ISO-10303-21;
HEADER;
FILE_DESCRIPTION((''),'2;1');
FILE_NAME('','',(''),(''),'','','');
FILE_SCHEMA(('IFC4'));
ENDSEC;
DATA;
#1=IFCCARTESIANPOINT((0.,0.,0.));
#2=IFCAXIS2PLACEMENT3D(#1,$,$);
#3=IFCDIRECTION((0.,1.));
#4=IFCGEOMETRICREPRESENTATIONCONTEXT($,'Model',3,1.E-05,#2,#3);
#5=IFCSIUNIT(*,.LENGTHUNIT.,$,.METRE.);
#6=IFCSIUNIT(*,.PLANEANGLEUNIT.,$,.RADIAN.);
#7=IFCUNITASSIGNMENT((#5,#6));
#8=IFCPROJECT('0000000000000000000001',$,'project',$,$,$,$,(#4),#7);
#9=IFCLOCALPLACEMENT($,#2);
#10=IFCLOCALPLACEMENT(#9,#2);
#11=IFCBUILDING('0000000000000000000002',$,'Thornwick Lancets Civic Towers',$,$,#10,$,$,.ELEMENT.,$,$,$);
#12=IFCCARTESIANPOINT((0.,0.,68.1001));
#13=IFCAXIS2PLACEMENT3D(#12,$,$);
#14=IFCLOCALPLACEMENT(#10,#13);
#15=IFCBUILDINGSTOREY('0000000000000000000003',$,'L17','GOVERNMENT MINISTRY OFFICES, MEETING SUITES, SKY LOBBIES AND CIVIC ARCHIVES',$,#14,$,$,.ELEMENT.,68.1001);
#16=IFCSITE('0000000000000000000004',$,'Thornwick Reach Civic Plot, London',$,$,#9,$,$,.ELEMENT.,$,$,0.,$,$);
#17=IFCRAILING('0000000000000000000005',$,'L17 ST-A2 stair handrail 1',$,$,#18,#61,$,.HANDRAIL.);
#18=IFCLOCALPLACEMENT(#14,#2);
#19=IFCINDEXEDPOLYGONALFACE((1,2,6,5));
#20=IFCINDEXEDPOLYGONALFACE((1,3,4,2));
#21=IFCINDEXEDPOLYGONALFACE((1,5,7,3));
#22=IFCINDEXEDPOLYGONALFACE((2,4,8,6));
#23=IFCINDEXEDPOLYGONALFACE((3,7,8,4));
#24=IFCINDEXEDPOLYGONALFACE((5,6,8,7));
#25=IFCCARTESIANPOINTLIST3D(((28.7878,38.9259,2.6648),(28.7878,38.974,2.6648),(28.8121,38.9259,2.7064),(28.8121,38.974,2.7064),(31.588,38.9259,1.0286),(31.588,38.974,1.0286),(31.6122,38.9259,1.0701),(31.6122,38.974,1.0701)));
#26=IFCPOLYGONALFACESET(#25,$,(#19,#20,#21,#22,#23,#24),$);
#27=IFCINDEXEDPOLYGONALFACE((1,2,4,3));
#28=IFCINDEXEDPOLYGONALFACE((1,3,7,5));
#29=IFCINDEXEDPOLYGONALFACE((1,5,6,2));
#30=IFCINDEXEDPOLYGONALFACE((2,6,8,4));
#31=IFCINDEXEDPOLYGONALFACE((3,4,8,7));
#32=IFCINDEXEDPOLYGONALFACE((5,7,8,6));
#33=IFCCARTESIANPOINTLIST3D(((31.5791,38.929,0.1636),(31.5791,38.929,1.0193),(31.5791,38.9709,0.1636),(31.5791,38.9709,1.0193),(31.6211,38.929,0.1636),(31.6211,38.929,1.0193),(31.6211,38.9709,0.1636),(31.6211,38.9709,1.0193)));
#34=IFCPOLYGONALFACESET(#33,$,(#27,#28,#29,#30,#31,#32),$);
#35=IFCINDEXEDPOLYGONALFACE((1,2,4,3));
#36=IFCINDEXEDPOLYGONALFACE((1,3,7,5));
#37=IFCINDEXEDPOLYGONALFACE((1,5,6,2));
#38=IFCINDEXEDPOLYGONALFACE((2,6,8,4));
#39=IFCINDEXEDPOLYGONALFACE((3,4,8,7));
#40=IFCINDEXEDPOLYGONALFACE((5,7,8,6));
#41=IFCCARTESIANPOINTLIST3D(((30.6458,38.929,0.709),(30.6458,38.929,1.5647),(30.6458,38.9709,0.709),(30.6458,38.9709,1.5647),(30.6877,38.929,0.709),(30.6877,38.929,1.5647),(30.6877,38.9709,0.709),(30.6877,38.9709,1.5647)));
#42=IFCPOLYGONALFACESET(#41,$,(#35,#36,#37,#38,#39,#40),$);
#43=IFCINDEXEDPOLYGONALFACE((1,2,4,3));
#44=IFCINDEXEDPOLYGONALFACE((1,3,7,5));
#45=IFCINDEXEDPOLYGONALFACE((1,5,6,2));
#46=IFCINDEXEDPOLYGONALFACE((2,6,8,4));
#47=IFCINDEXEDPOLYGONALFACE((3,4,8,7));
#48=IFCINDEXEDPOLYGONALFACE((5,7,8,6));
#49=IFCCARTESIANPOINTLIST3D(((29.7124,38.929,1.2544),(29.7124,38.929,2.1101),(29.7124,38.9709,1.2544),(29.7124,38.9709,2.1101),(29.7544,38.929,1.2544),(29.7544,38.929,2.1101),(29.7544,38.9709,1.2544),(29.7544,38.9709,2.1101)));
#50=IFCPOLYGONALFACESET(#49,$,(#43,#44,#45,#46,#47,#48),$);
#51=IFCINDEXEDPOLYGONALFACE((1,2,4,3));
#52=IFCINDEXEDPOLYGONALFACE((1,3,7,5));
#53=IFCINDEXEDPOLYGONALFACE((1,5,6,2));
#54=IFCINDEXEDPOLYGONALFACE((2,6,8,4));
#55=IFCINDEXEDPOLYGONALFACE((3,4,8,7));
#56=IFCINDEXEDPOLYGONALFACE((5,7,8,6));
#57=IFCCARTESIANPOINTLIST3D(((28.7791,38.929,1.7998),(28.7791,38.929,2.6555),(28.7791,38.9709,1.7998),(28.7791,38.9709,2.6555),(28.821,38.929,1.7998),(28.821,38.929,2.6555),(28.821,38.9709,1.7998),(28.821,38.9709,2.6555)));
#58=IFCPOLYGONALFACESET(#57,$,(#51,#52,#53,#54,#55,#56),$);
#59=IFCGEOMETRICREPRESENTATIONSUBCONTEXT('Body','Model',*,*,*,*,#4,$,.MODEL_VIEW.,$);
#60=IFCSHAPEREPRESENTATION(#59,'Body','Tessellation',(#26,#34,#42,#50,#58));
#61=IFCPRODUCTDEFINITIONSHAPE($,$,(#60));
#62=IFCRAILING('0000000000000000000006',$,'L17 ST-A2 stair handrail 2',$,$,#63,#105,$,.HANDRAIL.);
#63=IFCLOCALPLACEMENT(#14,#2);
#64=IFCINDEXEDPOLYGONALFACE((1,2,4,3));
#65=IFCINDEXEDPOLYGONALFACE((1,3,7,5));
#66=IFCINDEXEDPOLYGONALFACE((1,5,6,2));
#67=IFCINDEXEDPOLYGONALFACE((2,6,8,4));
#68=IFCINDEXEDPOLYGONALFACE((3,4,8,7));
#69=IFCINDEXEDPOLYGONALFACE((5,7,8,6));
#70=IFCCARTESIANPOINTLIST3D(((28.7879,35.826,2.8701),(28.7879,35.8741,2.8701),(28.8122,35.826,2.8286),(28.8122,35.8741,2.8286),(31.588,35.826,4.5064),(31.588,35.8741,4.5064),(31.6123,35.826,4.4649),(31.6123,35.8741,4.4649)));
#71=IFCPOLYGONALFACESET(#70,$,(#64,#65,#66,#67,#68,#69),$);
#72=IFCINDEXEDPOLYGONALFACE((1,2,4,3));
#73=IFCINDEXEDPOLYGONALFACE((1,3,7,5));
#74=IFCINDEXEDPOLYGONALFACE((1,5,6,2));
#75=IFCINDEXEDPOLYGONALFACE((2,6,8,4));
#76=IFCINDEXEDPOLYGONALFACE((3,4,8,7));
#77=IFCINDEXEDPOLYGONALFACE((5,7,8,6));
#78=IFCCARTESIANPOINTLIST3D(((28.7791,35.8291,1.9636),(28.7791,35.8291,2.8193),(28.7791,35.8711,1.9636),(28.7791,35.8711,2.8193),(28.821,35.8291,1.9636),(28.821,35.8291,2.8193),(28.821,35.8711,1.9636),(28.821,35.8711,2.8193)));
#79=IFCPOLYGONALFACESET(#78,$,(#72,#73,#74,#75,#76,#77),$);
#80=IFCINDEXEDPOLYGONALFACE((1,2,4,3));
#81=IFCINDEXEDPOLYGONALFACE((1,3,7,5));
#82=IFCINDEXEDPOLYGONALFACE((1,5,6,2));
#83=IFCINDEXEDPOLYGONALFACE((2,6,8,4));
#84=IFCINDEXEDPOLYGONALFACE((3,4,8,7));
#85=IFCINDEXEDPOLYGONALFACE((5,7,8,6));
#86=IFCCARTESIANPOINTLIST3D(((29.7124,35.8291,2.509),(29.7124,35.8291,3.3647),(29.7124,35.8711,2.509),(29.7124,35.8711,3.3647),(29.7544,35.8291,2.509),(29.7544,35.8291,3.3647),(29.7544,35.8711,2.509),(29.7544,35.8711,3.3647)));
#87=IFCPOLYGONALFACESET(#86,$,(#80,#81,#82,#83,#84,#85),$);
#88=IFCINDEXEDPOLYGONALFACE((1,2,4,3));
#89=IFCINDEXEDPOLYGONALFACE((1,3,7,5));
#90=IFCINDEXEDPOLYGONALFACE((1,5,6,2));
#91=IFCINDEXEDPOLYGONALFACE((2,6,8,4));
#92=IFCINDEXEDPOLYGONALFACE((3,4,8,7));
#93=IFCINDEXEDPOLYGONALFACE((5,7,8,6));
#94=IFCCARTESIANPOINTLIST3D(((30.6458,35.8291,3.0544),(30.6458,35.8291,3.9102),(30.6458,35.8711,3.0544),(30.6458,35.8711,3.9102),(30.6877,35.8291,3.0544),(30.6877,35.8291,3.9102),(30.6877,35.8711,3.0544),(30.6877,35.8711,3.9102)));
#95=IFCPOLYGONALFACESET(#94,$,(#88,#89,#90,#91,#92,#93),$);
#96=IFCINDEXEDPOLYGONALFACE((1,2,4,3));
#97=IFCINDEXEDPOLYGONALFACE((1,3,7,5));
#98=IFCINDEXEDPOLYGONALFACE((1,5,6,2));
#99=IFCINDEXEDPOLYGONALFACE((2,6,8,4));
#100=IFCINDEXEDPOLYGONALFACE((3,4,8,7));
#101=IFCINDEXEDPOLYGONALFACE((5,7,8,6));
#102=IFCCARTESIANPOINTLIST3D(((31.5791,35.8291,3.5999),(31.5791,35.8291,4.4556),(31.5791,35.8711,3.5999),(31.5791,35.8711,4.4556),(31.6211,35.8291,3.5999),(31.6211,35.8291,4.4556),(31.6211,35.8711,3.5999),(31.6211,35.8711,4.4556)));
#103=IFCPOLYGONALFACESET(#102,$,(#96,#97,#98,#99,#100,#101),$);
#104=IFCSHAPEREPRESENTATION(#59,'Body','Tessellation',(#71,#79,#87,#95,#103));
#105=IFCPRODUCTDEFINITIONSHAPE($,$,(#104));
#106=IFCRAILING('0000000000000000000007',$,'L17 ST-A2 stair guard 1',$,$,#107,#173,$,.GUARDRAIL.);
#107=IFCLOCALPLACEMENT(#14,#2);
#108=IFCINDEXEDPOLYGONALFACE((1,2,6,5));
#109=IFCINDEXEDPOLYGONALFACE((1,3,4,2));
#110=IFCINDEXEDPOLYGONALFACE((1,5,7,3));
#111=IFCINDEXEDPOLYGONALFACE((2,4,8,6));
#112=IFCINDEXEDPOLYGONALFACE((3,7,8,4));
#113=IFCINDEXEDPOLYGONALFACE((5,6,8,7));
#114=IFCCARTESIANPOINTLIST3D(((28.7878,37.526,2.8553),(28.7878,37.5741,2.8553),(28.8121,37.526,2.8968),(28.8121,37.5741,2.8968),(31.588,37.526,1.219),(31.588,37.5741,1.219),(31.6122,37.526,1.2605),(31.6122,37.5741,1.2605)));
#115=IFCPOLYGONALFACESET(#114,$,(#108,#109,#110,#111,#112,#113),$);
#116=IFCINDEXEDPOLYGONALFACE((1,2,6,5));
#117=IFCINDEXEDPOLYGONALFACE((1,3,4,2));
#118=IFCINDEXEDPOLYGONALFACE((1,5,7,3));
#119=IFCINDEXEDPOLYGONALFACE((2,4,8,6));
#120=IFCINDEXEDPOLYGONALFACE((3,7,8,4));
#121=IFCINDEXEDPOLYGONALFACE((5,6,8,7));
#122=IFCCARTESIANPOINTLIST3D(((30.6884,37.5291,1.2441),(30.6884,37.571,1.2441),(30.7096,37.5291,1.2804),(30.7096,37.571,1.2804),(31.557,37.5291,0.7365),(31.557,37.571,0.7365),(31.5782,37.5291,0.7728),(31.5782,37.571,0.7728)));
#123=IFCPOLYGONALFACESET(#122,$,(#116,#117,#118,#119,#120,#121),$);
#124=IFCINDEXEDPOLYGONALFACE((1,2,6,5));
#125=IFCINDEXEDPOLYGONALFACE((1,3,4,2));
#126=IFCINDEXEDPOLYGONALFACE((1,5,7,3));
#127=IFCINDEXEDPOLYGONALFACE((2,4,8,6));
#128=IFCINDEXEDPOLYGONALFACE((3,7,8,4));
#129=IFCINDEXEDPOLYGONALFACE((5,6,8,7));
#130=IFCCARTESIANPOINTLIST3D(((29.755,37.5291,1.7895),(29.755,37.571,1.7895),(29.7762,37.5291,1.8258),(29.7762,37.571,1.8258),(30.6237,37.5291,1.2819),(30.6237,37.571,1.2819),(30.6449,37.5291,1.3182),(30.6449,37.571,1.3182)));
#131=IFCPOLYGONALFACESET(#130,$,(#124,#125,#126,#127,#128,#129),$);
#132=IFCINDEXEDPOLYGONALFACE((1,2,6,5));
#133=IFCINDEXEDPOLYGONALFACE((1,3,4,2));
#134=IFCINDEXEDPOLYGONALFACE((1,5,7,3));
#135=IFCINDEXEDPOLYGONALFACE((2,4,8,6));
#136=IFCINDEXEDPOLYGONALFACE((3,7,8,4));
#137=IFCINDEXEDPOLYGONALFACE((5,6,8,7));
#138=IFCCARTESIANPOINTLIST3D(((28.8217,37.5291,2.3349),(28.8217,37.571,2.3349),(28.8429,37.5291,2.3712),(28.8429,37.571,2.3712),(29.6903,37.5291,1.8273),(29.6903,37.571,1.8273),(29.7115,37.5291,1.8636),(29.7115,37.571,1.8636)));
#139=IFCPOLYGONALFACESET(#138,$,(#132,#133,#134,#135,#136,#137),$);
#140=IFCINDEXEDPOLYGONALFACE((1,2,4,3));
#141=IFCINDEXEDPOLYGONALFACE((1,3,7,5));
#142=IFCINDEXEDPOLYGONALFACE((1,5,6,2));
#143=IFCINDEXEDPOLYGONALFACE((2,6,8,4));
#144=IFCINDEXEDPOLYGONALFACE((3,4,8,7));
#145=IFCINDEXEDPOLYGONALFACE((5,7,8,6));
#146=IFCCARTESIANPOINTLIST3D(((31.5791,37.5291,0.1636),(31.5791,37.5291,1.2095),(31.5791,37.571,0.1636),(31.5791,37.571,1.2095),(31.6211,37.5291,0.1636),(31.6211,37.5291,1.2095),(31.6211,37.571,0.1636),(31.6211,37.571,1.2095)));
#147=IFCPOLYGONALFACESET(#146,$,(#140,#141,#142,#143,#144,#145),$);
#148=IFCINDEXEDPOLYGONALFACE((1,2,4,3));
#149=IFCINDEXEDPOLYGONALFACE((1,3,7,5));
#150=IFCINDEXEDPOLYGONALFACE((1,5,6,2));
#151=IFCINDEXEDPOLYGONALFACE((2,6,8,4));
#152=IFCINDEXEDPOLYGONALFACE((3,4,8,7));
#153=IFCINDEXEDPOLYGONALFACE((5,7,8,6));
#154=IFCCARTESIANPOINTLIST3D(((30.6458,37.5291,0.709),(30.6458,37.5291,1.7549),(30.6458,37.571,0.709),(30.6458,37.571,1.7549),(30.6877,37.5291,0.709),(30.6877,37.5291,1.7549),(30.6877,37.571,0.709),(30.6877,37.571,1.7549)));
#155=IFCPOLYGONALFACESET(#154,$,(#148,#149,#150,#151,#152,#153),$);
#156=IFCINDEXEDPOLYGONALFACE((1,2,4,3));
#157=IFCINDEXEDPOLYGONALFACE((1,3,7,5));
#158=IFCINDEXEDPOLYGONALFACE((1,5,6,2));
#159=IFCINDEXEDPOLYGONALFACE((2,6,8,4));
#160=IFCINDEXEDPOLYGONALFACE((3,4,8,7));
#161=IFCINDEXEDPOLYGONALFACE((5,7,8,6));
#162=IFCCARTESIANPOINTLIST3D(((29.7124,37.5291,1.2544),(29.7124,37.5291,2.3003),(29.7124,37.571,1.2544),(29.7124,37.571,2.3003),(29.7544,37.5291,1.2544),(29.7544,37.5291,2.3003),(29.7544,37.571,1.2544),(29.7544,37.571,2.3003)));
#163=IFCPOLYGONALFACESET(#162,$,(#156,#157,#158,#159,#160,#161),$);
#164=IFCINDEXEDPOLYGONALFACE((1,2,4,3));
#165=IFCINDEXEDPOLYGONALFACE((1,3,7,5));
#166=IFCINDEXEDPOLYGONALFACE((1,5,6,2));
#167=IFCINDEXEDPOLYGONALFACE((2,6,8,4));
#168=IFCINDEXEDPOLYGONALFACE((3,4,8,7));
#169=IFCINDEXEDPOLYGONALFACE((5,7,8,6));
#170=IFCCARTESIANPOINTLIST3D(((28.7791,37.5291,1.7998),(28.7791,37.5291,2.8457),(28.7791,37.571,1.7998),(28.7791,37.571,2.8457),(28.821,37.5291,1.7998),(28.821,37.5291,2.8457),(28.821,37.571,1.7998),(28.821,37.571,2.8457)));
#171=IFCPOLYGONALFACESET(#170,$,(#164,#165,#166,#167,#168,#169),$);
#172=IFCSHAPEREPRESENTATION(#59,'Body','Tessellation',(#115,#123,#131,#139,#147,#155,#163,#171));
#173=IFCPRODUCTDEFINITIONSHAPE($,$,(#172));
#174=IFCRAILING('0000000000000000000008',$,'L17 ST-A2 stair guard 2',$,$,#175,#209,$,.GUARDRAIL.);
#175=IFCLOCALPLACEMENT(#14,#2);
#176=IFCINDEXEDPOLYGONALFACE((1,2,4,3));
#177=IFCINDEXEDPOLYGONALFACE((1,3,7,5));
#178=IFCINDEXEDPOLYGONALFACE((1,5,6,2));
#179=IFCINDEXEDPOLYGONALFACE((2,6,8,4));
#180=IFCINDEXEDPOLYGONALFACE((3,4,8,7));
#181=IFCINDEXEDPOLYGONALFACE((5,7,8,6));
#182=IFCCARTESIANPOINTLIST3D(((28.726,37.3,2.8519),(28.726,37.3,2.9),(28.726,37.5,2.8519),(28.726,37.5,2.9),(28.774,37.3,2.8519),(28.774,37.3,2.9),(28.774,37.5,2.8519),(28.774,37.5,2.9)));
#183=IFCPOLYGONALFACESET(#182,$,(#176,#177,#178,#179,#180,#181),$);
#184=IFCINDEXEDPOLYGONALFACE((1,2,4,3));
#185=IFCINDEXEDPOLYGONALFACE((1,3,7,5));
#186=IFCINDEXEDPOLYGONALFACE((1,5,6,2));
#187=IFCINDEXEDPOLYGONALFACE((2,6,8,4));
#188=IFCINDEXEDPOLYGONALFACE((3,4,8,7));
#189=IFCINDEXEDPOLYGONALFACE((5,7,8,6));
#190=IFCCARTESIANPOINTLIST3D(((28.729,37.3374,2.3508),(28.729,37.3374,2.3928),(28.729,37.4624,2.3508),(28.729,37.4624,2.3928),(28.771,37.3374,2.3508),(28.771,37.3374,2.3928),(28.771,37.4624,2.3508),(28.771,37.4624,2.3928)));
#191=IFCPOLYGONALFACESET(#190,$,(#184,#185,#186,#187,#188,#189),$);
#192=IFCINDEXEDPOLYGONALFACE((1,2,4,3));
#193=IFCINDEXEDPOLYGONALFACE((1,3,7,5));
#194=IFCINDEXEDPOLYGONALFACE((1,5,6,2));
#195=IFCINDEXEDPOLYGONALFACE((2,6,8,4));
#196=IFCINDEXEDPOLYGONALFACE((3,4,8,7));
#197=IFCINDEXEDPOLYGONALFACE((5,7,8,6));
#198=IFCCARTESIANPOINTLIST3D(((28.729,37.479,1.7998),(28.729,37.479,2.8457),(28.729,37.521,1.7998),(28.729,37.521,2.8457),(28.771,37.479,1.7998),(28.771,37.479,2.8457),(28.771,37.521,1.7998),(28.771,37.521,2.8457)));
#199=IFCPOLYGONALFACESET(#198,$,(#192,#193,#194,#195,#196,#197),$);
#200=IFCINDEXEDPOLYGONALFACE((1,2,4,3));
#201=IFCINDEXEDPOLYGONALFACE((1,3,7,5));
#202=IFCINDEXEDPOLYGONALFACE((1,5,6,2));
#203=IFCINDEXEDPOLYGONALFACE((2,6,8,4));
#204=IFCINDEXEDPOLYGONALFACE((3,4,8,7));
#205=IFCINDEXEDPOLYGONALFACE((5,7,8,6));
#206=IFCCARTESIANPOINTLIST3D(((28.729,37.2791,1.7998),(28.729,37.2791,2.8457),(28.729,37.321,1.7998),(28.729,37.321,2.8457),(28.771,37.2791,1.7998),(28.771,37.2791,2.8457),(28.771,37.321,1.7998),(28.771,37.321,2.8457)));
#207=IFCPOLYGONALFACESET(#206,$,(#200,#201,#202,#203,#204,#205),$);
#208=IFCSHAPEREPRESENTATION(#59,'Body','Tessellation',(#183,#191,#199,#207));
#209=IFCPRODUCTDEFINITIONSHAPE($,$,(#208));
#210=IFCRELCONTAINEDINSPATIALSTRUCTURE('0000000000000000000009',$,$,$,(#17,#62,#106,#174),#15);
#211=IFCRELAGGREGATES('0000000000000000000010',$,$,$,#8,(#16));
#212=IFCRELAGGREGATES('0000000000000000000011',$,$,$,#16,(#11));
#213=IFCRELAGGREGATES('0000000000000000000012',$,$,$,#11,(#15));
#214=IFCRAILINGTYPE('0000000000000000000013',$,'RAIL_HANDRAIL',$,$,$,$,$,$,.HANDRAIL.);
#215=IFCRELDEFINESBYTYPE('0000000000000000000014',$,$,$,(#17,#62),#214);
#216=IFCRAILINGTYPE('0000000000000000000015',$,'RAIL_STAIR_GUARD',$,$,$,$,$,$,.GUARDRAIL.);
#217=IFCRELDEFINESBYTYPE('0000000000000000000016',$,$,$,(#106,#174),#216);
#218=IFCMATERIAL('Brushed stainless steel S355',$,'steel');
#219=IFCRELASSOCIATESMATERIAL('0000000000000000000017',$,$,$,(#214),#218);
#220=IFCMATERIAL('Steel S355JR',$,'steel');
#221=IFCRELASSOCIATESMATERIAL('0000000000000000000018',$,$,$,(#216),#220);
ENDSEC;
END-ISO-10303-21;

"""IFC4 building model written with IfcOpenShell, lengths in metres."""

from ifc_helpers import new_model, si_unit, direction, frame, origin, origin_2d, place, context, subcontext, project, spatial, rectangle, extrude, material, type_object, element, save


model = new_model("IFC4")

# Units and contexts
model_context = context("Model", 3, precision=1e-05, world=origin(), true_north=direction((0.0, 1.0)))
body_context = subcontext(model_context, "Body", "Model", "MODEL_VIEW")
ifc_project = project(units=[si_unit("LENGTHUNIT", "METRE"), si_unit("PLANEANGLEUNIT", "RADIAN")], contexts=[model_context])

# Site, building, storey
site_placement = place(None, origin())
site = spatial("IfcSite", under=ifc_project, at=site_placement, Name="Thornwick Reach Civic Plot, London", CompositionType="ELEMENT", RefElevation=0.0)
building_placement = place(site_placement, origin())
building = spatial("IfcBuilding", under=site, at=building_placement, Name="Thornwick Lancets Civic Towers", CompositionType="ELEMENT")
storey_placement = place(building_placement, frame((0.0, 0.0, 68.1001)))
storey = spatial("IfcBuildingStorey", under=building, at=storey_placement, Name="L17", Description="GOVERNMENT MINISTRY OFFICES, MEETING SUITES, SKY LOBBIES AND CIVIC ARCHIVES", CompositionType="ELEMENT", Elevation=68.1001)

# Shared definitions
ifc_material_1 = material(Name="Steel S355JR", Category="steel")

# Railings
ifc_material_2 = material(Name="Brushed stainless steel S355", Category="steel")
railing_type_1 = type_object("IfcRailingType", Name="RAIL_HANDRAIL", PredefinedType="HANDRAIL", material=ifc_material_2)
railing_1_placement = place(storey_placement, frame((31.6001, 38.95, 0.1636)))
element("IfcRailing", 1, at=railing_1_placement, inside=storey, type_object=railing_type_1, Name="L17 ST-A2 stair handrail 1", PredefinedType="HANDRAIL", context=body_context, shape_type="SweptSolid", body=[
    extrude(rectangle(XDim=0.0481, YDim=0.0481, at=origin_2d()), frame((0.0, 0.0, 0.8857), z_axis=(-0.863394, 0.0, 0.504531), x_axis=(0.0, -1.0, 0.0)), (0.0, 0.0, 1.0), 3.2432),
    extrude(rectangle(XDim=0.042, YDim=0.042, at=origin_2d()), origin(), (0.0, 0.0, 1.0), 0.8557),
    extrude(rectangle(XDim=0.042, YDim=0.042, at=origin_2d()), frame((-0.9333, 0.0, 0.5454)), (0.0, 0.0, 1.0), 0.8557),
    extrude(rectangle(XDim=0.042, YDim=0.042, at=origin_2d()), frame((-1.8667, 0.0, 1.0908)), (0.0, 0.0, 1.0), 0.8557),
    extrude(rectangle(XDim=0.042, YDim=0.042, at=origin_2d()), frame((-2.8, 0.0, 1.6362)), (0.0, 0.0, 1.0), 0.8557),
])
railing_2_placement = place(storey_placement, frame((28.8, 35.8501, 1.9636)))
element("IfcRailing", 2, at=railing_2_placement, inside=storey, type_object=railing_type_1, Name="L17 ST-A2 stair handrail 2", PredefinedType="HANDRAIL", context=body_context, shape_type="SweptSolid", body=[
    extrude(rectangle(XDim=0.0481, YDim=0.0481, at=origin_2d()), frame((0.0, 0.0, 0.8857), z_axis=(0.863394, 0.0, 0.504531), x_axis=(0.0, 1.0, 0.0)), (0.0, 0.0, 1.0), 3.2432),
    extrude(rectangle(XDim=0.042, YDim=0.042, at=origin_2d()), origin(), (0.0, 0.0, 1.0), 0.8557),
    extrude(rectangle(XDim=0.042, YDim=0.042, at=origin_2d()), frame((0.9333, 0.0, 0.5454)), (0.0, 0.0, 1.0), 0.8557),
    extrude(rectangle(XDim=0.042, YDim=0.042, at=origin_2d()), frame((1.8667, 0.0, 1.0908)), (0.0, 0.0, 1.0), 0.8557),
    extrude(rectangle(XDim=0.042, YDim=0.042, at=origin_2d()), frame((2.8, 0.0, 1.6362)), (0.0, 0.0, 1.0), 0.8557),
])
railing_type_2 = type_object("IfcRailingType", Name="RAIL_STAIR_GUARD", PredefinedType="GUARDRAIL", material=ifc_material_1)
railing_3_placement = place(storey_placement, frame((31.6001, 37.55, 0.1636)))
element("IfcRailing", 3, at=railing_3_placement, inside=storey, type_object=railing_type_2, Name="L17 ST-A2 stair guard 1", PredefinedType="GUARDRAIL", context=body_context, shape_type="SweptSolid", body=[
    extrude(rectangle(XDim=0.0481, YDim=0.0481, at=origin_2d()), frame((0.0, 0.0, 1.0762), z_axis=(-0.863394, 0.0, 0.504531), x_axis=(0.0, -1.0, 0.0)), (0.0, 0.0, 1.0), 3.2432),
    extrude(rectangle(XDim=0.042, YDim=0.042, at=origin_2d()), frame((-0.0325, 0.0, 0.5911), z_axis=(-0.863394, 0.0, 0.504531), x_axis=(0.0, -1.0, 0.0)), (0.0, 0.0, 1.0), 1.0061),
    extrude(rectangle(XDim=0.042, YDim=0.042, at=origin_2d()), frame((-0.9658, 0.0, 1.1365), z_axis=(-0.863394, 0.0, 0.504531), x_axis=(0.0, -1.0, 0.0)), (0.0, 0.0, 1.0), 1.0061),
    extrude(rectangle(XDim=0.042, YDim=0.042, at=origin_2d()), frame((-1.8992, 0.0, 1.6819), z_axis=(-0.863394, 0.0, 0.504531), x_axis=(0.0, -1.0, 0.0)), (0.0, 0.0, 1.0), 1.0061),
    extrude(rectangle(XDim=0.042, YDim=0.042, at=origin_2d()), origin(), (0.0, 0.0, 1.0), 1.0459),
    extrude(rectangle(XDim=0.042, YDim=0.042, at=origin_2d()), frame((-0.9333, 0.0, 0.5454)), (0.0, 0.0, 1.0), 1.0459),
    extrude(rectangle(XDim=0.042, YDim=0.042, at=origin_2d()), frame((-1.8667, 0.0, 1.0908)), (0.0, 0.0, 1.0), 1.0459),
    extrude(rectangle(XDim=0.042, YDim=0.042, at=origin_2d()), frame((-2.8, 0.0, 1.6362)), (0.0, 0.0, 1.0), 1.0459),
])
railing_4_placement = place(storey_placement, frame((28.75, 37.5, 1.7998)))
element("IfcRailing", 4, at=railing_4_placement, inside=storey, type_object=railing_type_2, Name="L17 ST-A2 stair guard 2", PredefinedType="GUARDRAIL", context=body_context, shape_type="SweptSolid", body=[
    extrude(rectangle(XDim=0.0481, YDim=0.0481, at=origin_2d()), frame((0.0, 0.0, 1.0762), z_axis=(0.0, -1.0, 0.0), x_axis=(1.0, 0.0, 0.0)), (0.0, 0.0, 1.0), 0.2),
    extrude(rectangle(XDim=0.042, YDim=0.042, at=origin_2d()), frame((0.0, -0.0376, 0.572), z_axis=(0.0, -1.0, 0.0), x_axis=(1.0, 0.0, 0.0)), (0.0, 0.0, 1.0), 0.125),
    extrude(rectangle(XDim=0.042, YDim=0.042, at=origin_2d()), origin(), (0.0, 0.0, 1.0), 1.0459),
    extrude(rectangle(XDim=0.042, YDim=0.042, at=origin_2d()), frame((0.0, -0.2, 0.0)), (0.0, 0.0, 1.0), 1.0459),
])

save(model, "model.ifc")
